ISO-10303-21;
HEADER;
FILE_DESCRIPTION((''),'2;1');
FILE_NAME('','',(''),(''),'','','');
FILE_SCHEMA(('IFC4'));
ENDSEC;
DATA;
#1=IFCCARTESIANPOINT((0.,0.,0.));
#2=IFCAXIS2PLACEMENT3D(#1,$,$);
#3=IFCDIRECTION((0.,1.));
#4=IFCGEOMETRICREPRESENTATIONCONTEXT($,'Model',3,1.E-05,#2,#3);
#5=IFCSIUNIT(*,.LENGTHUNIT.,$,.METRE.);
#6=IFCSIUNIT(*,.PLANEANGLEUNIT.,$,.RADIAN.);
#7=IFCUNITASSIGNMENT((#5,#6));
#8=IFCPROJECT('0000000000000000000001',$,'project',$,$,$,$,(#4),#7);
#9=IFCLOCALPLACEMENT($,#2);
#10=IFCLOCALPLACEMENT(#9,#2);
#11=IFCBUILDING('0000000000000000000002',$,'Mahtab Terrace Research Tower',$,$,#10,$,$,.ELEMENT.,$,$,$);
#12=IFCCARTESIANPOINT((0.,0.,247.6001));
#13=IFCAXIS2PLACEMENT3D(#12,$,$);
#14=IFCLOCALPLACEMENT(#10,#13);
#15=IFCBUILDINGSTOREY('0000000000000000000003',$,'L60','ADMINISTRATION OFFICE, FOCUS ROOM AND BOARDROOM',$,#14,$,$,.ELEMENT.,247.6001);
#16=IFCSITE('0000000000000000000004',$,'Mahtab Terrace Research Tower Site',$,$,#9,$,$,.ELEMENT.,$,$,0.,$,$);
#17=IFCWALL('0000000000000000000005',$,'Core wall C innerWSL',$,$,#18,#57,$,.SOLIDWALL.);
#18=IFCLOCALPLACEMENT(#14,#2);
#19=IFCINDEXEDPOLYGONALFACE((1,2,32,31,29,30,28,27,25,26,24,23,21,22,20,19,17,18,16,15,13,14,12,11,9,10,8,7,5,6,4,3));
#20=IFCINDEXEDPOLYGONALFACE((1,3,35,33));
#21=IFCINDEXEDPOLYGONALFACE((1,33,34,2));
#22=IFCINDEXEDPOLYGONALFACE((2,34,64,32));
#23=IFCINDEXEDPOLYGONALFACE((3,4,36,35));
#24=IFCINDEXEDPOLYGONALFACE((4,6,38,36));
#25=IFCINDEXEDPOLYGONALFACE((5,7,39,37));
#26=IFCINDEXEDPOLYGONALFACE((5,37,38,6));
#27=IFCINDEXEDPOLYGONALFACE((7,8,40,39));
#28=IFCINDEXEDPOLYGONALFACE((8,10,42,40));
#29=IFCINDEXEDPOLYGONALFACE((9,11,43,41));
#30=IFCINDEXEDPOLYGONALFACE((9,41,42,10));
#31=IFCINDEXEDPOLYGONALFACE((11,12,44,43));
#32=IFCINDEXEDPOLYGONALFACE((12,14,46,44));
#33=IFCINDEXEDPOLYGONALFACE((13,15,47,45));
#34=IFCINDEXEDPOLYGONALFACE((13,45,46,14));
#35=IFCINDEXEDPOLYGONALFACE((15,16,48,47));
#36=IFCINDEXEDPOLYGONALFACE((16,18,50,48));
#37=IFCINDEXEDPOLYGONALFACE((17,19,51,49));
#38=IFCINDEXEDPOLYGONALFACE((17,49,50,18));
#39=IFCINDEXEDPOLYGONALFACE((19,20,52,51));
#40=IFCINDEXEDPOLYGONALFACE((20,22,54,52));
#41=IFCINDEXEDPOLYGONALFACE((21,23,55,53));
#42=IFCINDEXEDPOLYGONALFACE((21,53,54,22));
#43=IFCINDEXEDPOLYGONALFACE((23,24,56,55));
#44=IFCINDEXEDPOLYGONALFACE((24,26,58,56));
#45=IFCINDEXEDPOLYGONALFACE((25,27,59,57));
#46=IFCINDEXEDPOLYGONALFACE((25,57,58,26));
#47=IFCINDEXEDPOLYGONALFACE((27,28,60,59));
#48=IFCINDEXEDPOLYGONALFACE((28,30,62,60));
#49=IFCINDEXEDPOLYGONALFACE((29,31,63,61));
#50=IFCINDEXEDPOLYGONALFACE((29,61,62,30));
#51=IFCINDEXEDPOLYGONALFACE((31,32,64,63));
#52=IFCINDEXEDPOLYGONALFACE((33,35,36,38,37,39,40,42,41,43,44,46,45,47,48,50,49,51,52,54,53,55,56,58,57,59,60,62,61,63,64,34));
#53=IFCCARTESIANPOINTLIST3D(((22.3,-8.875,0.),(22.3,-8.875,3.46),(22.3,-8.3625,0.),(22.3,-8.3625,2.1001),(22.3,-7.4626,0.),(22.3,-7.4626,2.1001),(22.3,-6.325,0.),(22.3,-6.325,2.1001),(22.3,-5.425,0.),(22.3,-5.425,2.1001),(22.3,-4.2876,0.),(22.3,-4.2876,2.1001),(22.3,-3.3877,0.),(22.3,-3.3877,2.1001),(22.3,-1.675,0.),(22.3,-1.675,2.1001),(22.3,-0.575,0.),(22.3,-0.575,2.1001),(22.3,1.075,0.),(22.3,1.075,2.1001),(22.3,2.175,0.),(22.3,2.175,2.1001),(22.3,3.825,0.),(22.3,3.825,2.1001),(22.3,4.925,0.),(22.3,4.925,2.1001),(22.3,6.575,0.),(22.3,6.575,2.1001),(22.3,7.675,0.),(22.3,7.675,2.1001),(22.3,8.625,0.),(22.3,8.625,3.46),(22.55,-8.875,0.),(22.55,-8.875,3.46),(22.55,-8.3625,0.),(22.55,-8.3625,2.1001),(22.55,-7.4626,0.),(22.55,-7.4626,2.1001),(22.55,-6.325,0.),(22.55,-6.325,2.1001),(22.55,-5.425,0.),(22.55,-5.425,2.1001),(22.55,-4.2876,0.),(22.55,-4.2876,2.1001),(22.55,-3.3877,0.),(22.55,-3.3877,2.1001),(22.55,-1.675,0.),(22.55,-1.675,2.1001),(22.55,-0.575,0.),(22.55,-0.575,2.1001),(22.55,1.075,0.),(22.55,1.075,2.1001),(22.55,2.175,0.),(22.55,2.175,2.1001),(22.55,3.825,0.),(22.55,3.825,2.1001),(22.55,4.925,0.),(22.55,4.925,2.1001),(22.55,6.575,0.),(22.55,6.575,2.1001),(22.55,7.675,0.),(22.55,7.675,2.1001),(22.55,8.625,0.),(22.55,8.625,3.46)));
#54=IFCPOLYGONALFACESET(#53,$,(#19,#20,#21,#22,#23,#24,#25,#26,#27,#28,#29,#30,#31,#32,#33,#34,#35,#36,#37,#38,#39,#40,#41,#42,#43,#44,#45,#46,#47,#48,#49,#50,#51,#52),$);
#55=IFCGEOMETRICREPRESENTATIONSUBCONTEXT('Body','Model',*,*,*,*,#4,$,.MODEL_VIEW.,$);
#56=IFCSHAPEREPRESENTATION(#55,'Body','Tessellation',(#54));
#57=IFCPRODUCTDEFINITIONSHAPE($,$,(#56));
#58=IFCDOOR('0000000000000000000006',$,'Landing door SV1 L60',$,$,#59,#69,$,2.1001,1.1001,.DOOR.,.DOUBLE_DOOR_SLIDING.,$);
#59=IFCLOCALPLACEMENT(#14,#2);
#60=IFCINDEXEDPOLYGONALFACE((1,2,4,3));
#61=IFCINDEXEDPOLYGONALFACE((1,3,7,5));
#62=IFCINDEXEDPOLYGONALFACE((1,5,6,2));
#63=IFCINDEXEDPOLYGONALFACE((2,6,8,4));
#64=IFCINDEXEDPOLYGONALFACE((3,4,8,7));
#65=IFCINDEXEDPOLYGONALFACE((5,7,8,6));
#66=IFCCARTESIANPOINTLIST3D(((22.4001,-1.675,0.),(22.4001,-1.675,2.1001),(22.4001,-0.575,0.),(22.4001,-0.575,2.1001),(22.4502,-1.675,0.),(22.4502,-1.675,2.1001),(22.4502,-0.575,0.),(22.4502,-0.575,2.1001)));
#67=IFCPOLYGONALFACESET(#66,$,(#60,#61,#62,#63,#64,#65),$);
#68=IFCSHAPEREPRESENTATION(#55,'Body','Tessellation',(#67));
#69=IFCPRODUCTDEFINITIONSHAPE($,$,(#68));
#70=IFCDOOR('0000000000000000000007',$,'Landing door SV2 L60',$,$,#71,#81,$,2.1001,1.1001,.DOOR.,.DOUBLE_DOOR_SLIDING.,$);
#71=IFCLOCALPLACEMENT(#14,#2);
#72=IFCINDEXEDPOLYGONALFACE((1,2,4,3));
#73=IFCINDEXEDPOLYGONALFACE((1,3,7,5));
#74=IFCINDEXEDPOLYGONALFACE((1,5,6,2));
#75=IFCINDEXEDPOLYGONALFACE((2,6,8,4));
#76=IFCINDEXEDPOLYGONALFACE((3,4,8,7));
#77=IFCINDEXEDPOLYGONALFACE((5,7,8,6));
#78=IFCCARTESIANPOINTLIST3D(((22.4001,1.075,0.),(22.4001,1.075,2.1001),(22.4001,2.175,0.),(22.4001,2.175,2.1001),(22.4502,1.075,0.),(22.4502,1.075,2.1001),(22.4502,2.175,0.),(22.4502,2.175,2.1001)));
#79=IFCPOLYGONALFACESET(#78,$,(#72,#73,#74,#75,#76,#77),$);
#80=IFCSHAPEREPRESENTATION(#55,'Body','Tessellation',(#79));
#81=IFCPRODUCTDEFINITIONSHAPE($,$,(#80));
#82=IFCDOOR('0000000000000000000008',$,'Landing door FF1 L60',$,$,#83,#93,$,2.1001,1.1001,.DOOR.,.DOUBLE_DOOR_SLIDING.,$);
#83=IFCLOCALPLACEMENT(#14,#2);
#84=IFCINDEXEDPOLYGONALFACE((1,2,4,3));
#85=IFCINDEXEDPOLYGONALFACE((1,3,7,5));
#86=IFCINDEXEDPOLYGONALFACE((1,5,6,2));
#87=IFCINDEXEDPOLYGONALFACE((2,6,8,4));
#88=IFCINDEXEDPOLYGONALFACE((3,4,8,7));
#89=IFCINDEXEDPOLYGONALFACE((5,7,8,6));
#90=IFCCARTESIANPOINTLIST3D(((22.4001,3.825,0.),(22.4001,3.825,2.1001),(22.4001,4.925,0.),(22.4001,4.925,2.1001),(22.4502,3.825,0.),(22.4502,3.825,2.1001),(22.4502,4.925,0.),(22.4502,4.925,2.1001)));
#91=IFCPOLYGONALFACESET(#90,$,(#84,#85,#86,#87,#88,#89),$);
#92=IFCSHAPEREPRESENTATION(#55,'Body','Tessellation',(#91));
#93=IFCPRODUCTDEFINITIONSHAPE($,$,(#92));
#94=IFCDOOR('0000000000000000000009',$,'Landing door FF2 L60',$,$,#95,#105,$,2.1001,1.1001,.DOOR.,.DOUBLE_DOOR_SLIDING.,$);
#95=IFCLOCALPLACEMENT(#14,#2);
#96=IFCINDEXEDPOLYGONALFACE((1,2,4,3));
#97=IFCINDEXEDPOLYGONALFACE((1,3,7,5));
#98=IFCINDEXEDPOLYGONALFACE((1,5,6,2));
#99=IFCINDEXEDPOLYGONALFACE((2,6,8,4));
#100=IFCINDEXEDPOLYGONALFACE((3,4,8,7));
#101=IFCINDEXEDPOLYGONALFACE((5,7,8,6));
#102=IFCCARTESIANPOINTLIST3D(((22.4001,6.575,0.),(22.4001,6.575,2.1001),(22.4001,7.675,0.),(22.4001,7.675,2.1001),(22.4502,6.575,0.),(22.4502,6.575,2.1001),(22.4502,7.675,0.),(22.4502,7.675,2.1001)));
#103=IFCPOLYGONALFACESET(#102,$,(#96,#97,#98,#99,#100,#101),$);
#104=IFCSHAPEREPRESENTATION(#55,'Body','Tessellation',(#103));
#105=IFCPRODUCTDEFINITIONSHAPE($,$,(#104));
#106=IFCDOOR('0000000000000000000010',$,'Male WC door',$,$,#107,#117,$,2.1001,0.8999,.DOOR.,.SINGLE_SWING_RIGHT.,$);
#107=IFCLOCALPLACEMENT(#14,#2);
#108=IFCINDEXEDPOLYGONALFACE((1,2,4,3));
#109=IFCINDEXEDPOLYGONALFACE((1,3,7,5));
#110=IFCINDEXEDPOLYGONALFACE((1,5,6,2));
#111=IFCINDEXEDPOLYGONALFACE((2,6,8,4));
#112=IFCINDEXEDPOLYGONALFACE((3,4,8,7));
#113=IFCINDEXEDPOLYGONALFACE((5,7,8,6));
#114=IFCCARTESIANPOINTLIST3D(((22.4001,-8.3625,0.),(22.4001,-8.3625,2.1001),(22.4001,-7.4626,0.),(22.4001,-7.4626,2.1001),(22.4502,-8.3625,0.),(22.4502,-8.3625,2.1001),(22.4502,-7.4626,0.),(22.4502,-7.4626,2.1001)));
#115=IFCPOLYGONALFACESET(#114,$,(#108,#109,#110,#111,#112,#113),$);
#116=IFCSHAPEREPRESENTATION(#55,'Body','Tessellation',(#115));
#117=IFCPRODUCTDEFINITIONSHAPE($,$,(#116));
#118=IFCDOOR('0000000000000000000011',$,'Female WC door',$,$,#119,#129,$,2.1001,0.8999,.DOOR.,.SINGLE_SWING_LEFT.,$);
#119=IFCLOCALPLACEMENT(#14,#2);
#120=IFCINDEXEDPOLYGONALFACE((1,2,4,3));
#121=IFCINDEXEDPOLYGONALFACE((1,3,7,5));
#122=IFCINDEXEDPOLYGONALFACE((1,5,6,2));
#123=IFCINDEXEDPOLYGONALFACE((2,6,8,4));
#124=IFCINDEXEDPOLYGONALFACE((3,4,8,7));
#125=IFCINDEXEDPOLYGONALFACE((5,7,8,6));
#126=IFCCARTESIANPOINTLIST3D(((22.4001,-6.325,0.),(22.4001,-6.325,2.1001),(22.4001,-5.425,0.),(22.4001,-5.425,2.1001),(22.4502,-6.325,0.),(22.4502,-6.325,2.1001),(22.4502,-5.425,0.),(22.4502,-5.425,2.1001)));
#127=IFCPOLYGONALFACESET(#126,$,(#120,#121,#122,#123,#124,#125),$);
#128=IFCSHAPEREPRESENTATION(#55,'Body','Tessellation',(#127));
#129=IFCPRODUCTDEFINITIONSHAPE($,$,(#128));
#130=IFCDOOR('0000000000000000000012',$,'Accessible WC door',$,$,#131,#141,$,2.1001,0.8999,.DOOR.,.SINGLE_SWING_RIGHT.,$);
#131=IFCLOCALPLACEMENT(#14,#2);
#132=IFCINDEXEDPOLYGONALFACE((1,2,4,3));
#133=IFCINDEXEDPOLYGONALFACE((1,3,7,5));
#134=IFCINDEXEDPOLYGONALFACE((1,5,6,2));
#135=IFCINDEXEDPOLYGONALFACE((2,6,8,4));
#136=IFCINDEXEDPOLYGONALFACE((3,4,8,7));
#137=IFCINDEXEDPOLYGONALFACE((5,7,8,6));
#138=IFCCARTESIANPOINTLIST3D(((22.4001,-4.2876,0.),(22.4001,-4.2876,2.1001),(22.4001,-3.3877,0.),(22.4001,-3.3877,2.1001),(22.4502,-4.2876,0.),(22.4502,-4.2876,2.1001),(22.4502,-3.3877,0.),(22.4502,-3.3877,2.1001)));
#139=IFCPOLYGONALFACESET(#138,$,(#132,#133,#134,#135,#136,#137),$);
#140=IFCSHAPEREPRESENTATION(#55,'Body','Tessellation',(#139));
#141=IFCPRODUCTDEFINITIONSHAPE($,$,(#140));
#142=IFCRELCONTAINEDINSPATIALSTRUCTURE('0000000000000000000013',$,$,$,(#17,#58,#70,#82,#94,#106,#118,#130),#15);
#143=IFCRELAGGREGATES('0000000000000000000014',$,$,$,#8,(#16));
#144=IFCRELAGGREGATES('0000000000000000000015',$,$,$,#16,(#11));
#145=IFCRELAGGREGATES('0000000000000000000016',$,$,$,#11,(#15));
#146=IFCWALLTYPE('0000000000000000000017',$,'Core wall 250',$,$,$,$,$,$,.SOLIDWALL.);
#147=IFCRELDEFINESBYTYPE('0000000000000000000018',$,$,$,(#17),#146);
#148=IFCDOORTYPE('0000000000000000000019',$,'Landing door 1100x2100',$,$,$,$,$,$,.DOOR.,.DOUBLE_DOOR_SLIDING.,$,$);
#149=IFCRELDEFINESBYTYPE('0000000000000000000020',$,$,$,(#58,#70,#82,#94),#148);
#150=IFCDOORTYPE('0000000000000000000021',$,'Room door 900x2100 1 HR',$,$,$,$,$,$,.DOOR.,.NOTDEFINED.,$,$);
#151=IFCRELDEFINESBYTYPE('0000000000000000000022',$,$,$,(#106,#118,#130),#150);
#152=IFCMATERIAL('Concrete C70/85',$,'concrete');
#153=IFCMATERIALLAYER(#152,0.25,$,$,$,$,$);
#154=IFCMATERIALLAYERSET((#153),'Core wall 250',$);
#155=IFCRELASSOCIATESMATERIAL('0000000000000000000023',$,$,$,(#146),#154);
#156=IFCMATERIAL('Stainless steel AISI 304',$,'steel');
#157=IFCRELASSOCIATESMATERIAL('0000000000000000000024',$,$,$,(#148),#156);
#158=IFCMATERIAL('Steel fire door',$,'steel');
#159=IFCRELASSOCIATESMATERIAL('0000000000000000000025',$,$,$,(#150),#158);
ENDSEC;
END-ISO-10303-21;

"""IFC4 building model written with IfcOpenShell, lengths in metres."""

from ifc_helpers import new_model, si_unit, direction, frame, frame_2d, origin, place, context, subcontext, project, spatial, rectangle, extrude, material, layer, layer_set, type_object, element, fill, save


model = new_model("IFC4")

# Units and contexts
model_context = context("Model", 3, precision=1e-05, world=origin(), true_north=direction((0.0, 1.0)))
body_context = subcontext(model_context, "Body", "Model", "MODEL_VIEW")
ifc_project = project(units=[si_unit("LENGTHUNIT", "METRE"), si_unit("PLANEANGLEUNIT", "RADIAN")], contexts=[model_context])

# Site, building, storey
site_placement = place(None, origin())
site = spatial("IfcSite", under=ifc_project, at=site_placement, Name="Mahtab Terrace Research Tower Site", CompositionType="ELEMENT", RefElevation=0.0)
building_placement = place(site_placement, origin())
building = spatial("IfcBuilding", under=site, at=building_placement, Name="Mahtab Terrace Research Tower", CompositionType="ELEMENT")
storey_placement = place(building_placement, frame((0.0, 0.0, 247.6001)))
storey = spatial("IfcBuildingStorey", under=building, at=storey_placement, Name="L60", Description="ADMINISTRATION OFFICE, FOCUS ROOM AND BOARDROOM", CompositionType="ELEMENT", Elevation=247.6001)

# Shared definitions
ifc_material_1 = material(Name="Concrete C70/85", Category="concrete")

# Wall, openings, doors
ifc_layer_1 = layer(ifc_material_1, 0.25)
ifc_layer_set_1 = layer_set([ifc_layer_1], Name="Core wall 250")
wall_type_1 = type_object("IfcWallType", Name="Core wall 250", PredefinedType="SOLIDWALL", material=ifc_layer_set_1)
wall_1_placement = place(storey_placement, frame((22.425, -8.875, 0.0), z_axis=(0.0, 0.0, 1.0), x_axis=(0.0, 1.0, 0.0)))
wall_1 = element("IfcWall", 1, at=wall_1_placement, inside=storey, type_object=wall_type_1, Name="Core wall C innerWSL", PredefinedType="SOLIDWALL", context=body_context, shape_type="SweptSolid", body=[
    extrude(rectangle(XDim=17.5, YDim=0.25, at=frame_2d((8.75, 0.0))), origin(), (0.0, 0.0, 1.0), 3.46),
])
opening_1_placement = place(wall_1_placement, frame((7.2, 0.0, 0.0)))
opening_1 = element("IfcOpeningElement", 2, at=opening_1_placement, cuts=wall_1, PredefinedType="OPENING", context=body_context, shape_type="SweptSolid", body=[
    extrude(rectangle(XDim=1.1001, YDim=2.1001, at=frame_2d((0.55, 1.05))), frame((0.0, 0.135, 0.0), z_axis=(0.0, -1.0, 0.0), x_axis=(1.0, 0.0, 0.0)), (0.0, 0.0, 1.0), 0.27),
])
opening_2_placement = place(wall_1_placement, frame((9.95, 0.0, 0.0)))
opening_2 = element("IfcOpeningElement", 3, at=opening_2_placement, cuts=wall_1, PredefinedType="OPENING", context=body_context, shape_type="SweptSolid", body=[
    extrude(rectangle(XDim=1.1001, YDim=2.1001, at=frame_2d((0.55, 1.05))), frame((0.0, 0.135, 0.0), z_axis=(0.0, -1.0, 0.0), x_axis=(1.0, 0.0, 0.0)), (0.0, 0.0, 1.0), 0.27),
])
opening_3_placement = place(wall_1_placement, frame((12.7, 0.0, 0.0)))
opening_3 = element("IfcOpeningElement", 4, at=opening_3_placement, cuts=wall_1, PredefinedType="OPENING", context=body_context, shape_type="SweptSolid", body=[
    extrude(rectangle(XDim=1.1001, YDim=2.1001, at=frame_2d((0.55, 1.05))), frame((0.0, 0.135, 0.0), z_axis=(0.0, -1.0, 0.0), x_axis=(1.0, 0.0, 0.0)), (0.0, 0.0, 1.0), 0.27),
])
opening_4_placement = place(wall_1_placement, frame((15.45, 0.0, 0.0)))
opening_4 = element("IfcOpeningElement", 5, at=opening_4_placement, cuts=wall_1, PredefinedType="OPENING", context=body_context, shape_type="SweptSolid", body=[
    extrude(rectangle(XDim=1.1001, YDim=2.1001, at=frame_2d((0.55, 1.05))), frame((0.0, 0.135, 0.0), z_axis=(0.0, -1.0, 0.0), x_axis=(1.0, 0.0, 0.0)), (0.0, 0.0, 1.0), 0.27),
])
opening_5_placement = place(wall_1_placement, frame((0.5125, 0.0, 0.0)))
opening_5 = element("IfcOpeningElement", 6, at=opening_5_placement, cuts=wall_1, PredefinedType="OPENING", context=body_context, shape_type="SweptSolid", body=[
    extrude(rectangle(XDim=0.8999, YDim=2.1001, at=frame_2d((0.45, 1.05))), frame((0.0, 0.135, 0.0), z_axis=(0.0, -1.0, 0.0), x_axis=(1.0, 0.0, 0.0)), (0.0, 0.0, 1.0), 0.27),
])
opening_6_placement = place(wall_1_placement, frame((2.55, 0.0, 0.0)))
opening_6 = element("IfcOpeningElement", 7, at=opening_6_placement, cuts=wall_1, PredefinedType="OPENING", context=body_context, shape_type="SweptSolid", body=[
    extrude(rectangle(XDim=0.8999, YDim=2.1001, at=frame_2d((0.45, 1.05))), frame((0.0, 0.135, 0.0), z_axis=(0.0, -1.0, 0.0), x_axis=(1.0, 0.0, 0.0)), (0.0, 0.0, 1.0), 0.27),
])
opening_7_placement = place(wall_1_placement, frame((4.5874, 0.0, 0.0)))
opening_7 = element("IfcOpeningElement", 8, at=opening_7_placement, cuts=wall_1, PredefinedType="OPENING", context=body_context, shape_type="SweptSolid", body=[
    extrude(rectangle(XDim=0.8999, YDim=2.1001, at=frame_2d((0.45, 1.05))), frame((0.0, 0.135, 0.0), z_axis=(0.0, -1.0, 0.0), x_axis=(1.0, 0.0, 0.0)), (0.0, 0.0, 1.0), 0.27),
])
ifc_material_2 = material(Name="Stainless steel AISI 304", Category="steel")
door_type_1 = type_object("IfcDoorType", Name="Landing door 1100x2100", OperationType="DOUBLE_DOOR_SLIDING", PredefinedType="DOOR", material=ifc_material_2)
door_1_placement = place(opening_1_placement, origin())
door_1 = element("IfcDoor", 9, at=door_1_placement, inside=storey, type_object=door_type_1, Name="Landing door SV1 L60", OperationType="DOUBLE_DOOR_SLIDING", OverallHeight=2.1001, OverallWidth=1.1001, PredefinedType="DOOR", context=body_context, shape_type="SweptSolid", body=[
    extrude(rectangle(XDim=1.1001, YDim=2.1001, at=frame_2d((0.55, 1.05))), frame((0.0, 0.0249, 0.0), z_axis=(0.0, -1.0, 0.0), x_axis=(1.0, 0.0, 0.0)), (0.0, 0.0, 1.0), 0.05),
])
fill(opening_1, door_1)
door_2_placement = place(opening_2_placement, origin())
door_2 = element("IfcDoor", 10, at=door_2_placement, inside=storey, type_object=door_type_1, Name="Landing door SV2 L60", OperationType="DOUBLE_DOOR_SLIDING", OverallHeight=2.1001, OverallWidth=1.1001, PredefinedType="DOOR", context=body_context, shape_type="SweptSolid", body=[
    extrude(rectangle(XDim=1.1001, YDim=2.1001, at=frame_2d((0.55, 1.05))), frame((0.0, 0.0249, 0.0), z_axis=(0.0, -1.0, 0.0), x_axis=(1.0, 0.0, 0.0)), (0.0, 0.0, 1.0), 0.05),
])
fill(opening_2, door_2)
door_3_placement = place(opening_3_placement, origin())
door_3 = element("IfcDoor", 11, at=door_3_placement, inside=storey, type_object=door_type_1, Name="Landing door FF1 L60", OperationType="DOUBLE_DOOR_SLIDING", OverallHeight=2.1001, OverallWidth=1.1001, PredefinedType="DOOR", context=body_context, shape_type="SweptSolid", body=[
    extrude(rectangle(XDim=1.1001, YDim=2.1001, at=frame_2d((0.55, 1.05))), frame((0.0, 0.0249, 0.0), z_axis=(0.0, -1.0, 0.0), x_axis=(1.0, 0.0, 0.0)), (0.0, 0.0, 1.0), 0.05),
])
fill(opening_3, door_3)
door_4_placement = place(opening_4_placement, origin())
door_4 = element("IfcDoor", 12, at=door_4_placement, inside=storey, type_object=door_type_1, Name="Landing door FF2 L60", OperationType="DOUBLE_DOOR_SLIDING", OverallHeight=2.1001, OverallWidth=1.1001, PredefinedType="DOOR", context=body_context, shape_type="SweptSolid", body=[
    extrude(rectangle(XDim=1.1001, YDim=2.1001, at=frame_2d((0.55, 1.05))), frame((0.0, 0.0249, 0.0), z_axis=(0.0, -1.0, 0.0), x_axis=(1.0, 0.0, 0.0)), (0.0, 0.0, 1.0), 0.05),
])
fill(opening_4, door_4)
ifc_material_3 = material(Name="Steel fire door", Category="steel")
door_type_2 = type_object("IfcDoorType", Name="Room door 900x2100 1 HR", OperationType="NOTDEFINED", PredefinedType="DOOR", material=ifc_material_3)
door_5_placement = place(opening_5_placement, origin())
door_5 = element("IfcDoor", 13, at=door_5_placement, inside=storey, type_object=door_type_2, Name="Male WC door", OperationType="SINGLE_SWING_RIGHT", OverallHeight=2.1001, OverallWidth=0.8999, PredefinedType="DOOR", context=body_context, shape_type="SweptSolid", body=[
    extrude(rectangle(XDim=0.8999, YDim=2.1001, at=frame_2d((0.45, 1.05))), frame((0.0, 0.0249, 0.0), z_axis=(0.0, -1.0, 0.0), x_axis=(1.0, 0.0, 0.0)), (0.0, 0.0, 1.0), 0.05),
])
fill(opening_5, door_5)
door_6_placement = place(opening_6_placement, origin())
door_6 = element("IfcDoor", 14, at=door_6_placement, inside=storey, type_object=door_type_2, Name="Female WC door", OperationType="SINGLE_SWING_LEFT", OverallHeight=2.1001, OverallWidth=0.8999, PredefinedType="DOOR", context=body_context, shape_type="SweptSolid", body=[
    extrude(rectangle(XDim=0.8999, YDim=2.1001, at=frame_2d((0.45, 1.05))), frame((0.0, 0.0249, 0.0), z_axis=(0.0, -1.0, 0.0), x_axis=(1.0, 0.0, 0.0)), (0.0, 0.0, 1.0), 0.05),
])
fill(opening_6, door_6)
door_7_placement = place(opening_7_placement, origin())
door_7 = element("IfcDoor", 15, at=door_7_placement, inside=storey, type_object=door_type_2, Name="Accessible WC door", OperationType="SINGLE_SWING_RIGHT", OverallHeight=2.1001, OverallWidth=0.8999, PredefinedType="DOOR", context=body_context, shape_type="SweptSolid", body=[
    extrude(rectangle(XDim=0.8999, YDim=2.1001, at=frame_2d((0.45, 1.05))), frame((0.0, 0.0249, 0.0), z_axis=(0.0, -1.0, 0.0), x_axis=(1.0, 0.0, 0.0)), (0.0, 0.0, 1.0), 0.05),
])
fill(opening_7, door_7)

save(model, "model.ifc")
